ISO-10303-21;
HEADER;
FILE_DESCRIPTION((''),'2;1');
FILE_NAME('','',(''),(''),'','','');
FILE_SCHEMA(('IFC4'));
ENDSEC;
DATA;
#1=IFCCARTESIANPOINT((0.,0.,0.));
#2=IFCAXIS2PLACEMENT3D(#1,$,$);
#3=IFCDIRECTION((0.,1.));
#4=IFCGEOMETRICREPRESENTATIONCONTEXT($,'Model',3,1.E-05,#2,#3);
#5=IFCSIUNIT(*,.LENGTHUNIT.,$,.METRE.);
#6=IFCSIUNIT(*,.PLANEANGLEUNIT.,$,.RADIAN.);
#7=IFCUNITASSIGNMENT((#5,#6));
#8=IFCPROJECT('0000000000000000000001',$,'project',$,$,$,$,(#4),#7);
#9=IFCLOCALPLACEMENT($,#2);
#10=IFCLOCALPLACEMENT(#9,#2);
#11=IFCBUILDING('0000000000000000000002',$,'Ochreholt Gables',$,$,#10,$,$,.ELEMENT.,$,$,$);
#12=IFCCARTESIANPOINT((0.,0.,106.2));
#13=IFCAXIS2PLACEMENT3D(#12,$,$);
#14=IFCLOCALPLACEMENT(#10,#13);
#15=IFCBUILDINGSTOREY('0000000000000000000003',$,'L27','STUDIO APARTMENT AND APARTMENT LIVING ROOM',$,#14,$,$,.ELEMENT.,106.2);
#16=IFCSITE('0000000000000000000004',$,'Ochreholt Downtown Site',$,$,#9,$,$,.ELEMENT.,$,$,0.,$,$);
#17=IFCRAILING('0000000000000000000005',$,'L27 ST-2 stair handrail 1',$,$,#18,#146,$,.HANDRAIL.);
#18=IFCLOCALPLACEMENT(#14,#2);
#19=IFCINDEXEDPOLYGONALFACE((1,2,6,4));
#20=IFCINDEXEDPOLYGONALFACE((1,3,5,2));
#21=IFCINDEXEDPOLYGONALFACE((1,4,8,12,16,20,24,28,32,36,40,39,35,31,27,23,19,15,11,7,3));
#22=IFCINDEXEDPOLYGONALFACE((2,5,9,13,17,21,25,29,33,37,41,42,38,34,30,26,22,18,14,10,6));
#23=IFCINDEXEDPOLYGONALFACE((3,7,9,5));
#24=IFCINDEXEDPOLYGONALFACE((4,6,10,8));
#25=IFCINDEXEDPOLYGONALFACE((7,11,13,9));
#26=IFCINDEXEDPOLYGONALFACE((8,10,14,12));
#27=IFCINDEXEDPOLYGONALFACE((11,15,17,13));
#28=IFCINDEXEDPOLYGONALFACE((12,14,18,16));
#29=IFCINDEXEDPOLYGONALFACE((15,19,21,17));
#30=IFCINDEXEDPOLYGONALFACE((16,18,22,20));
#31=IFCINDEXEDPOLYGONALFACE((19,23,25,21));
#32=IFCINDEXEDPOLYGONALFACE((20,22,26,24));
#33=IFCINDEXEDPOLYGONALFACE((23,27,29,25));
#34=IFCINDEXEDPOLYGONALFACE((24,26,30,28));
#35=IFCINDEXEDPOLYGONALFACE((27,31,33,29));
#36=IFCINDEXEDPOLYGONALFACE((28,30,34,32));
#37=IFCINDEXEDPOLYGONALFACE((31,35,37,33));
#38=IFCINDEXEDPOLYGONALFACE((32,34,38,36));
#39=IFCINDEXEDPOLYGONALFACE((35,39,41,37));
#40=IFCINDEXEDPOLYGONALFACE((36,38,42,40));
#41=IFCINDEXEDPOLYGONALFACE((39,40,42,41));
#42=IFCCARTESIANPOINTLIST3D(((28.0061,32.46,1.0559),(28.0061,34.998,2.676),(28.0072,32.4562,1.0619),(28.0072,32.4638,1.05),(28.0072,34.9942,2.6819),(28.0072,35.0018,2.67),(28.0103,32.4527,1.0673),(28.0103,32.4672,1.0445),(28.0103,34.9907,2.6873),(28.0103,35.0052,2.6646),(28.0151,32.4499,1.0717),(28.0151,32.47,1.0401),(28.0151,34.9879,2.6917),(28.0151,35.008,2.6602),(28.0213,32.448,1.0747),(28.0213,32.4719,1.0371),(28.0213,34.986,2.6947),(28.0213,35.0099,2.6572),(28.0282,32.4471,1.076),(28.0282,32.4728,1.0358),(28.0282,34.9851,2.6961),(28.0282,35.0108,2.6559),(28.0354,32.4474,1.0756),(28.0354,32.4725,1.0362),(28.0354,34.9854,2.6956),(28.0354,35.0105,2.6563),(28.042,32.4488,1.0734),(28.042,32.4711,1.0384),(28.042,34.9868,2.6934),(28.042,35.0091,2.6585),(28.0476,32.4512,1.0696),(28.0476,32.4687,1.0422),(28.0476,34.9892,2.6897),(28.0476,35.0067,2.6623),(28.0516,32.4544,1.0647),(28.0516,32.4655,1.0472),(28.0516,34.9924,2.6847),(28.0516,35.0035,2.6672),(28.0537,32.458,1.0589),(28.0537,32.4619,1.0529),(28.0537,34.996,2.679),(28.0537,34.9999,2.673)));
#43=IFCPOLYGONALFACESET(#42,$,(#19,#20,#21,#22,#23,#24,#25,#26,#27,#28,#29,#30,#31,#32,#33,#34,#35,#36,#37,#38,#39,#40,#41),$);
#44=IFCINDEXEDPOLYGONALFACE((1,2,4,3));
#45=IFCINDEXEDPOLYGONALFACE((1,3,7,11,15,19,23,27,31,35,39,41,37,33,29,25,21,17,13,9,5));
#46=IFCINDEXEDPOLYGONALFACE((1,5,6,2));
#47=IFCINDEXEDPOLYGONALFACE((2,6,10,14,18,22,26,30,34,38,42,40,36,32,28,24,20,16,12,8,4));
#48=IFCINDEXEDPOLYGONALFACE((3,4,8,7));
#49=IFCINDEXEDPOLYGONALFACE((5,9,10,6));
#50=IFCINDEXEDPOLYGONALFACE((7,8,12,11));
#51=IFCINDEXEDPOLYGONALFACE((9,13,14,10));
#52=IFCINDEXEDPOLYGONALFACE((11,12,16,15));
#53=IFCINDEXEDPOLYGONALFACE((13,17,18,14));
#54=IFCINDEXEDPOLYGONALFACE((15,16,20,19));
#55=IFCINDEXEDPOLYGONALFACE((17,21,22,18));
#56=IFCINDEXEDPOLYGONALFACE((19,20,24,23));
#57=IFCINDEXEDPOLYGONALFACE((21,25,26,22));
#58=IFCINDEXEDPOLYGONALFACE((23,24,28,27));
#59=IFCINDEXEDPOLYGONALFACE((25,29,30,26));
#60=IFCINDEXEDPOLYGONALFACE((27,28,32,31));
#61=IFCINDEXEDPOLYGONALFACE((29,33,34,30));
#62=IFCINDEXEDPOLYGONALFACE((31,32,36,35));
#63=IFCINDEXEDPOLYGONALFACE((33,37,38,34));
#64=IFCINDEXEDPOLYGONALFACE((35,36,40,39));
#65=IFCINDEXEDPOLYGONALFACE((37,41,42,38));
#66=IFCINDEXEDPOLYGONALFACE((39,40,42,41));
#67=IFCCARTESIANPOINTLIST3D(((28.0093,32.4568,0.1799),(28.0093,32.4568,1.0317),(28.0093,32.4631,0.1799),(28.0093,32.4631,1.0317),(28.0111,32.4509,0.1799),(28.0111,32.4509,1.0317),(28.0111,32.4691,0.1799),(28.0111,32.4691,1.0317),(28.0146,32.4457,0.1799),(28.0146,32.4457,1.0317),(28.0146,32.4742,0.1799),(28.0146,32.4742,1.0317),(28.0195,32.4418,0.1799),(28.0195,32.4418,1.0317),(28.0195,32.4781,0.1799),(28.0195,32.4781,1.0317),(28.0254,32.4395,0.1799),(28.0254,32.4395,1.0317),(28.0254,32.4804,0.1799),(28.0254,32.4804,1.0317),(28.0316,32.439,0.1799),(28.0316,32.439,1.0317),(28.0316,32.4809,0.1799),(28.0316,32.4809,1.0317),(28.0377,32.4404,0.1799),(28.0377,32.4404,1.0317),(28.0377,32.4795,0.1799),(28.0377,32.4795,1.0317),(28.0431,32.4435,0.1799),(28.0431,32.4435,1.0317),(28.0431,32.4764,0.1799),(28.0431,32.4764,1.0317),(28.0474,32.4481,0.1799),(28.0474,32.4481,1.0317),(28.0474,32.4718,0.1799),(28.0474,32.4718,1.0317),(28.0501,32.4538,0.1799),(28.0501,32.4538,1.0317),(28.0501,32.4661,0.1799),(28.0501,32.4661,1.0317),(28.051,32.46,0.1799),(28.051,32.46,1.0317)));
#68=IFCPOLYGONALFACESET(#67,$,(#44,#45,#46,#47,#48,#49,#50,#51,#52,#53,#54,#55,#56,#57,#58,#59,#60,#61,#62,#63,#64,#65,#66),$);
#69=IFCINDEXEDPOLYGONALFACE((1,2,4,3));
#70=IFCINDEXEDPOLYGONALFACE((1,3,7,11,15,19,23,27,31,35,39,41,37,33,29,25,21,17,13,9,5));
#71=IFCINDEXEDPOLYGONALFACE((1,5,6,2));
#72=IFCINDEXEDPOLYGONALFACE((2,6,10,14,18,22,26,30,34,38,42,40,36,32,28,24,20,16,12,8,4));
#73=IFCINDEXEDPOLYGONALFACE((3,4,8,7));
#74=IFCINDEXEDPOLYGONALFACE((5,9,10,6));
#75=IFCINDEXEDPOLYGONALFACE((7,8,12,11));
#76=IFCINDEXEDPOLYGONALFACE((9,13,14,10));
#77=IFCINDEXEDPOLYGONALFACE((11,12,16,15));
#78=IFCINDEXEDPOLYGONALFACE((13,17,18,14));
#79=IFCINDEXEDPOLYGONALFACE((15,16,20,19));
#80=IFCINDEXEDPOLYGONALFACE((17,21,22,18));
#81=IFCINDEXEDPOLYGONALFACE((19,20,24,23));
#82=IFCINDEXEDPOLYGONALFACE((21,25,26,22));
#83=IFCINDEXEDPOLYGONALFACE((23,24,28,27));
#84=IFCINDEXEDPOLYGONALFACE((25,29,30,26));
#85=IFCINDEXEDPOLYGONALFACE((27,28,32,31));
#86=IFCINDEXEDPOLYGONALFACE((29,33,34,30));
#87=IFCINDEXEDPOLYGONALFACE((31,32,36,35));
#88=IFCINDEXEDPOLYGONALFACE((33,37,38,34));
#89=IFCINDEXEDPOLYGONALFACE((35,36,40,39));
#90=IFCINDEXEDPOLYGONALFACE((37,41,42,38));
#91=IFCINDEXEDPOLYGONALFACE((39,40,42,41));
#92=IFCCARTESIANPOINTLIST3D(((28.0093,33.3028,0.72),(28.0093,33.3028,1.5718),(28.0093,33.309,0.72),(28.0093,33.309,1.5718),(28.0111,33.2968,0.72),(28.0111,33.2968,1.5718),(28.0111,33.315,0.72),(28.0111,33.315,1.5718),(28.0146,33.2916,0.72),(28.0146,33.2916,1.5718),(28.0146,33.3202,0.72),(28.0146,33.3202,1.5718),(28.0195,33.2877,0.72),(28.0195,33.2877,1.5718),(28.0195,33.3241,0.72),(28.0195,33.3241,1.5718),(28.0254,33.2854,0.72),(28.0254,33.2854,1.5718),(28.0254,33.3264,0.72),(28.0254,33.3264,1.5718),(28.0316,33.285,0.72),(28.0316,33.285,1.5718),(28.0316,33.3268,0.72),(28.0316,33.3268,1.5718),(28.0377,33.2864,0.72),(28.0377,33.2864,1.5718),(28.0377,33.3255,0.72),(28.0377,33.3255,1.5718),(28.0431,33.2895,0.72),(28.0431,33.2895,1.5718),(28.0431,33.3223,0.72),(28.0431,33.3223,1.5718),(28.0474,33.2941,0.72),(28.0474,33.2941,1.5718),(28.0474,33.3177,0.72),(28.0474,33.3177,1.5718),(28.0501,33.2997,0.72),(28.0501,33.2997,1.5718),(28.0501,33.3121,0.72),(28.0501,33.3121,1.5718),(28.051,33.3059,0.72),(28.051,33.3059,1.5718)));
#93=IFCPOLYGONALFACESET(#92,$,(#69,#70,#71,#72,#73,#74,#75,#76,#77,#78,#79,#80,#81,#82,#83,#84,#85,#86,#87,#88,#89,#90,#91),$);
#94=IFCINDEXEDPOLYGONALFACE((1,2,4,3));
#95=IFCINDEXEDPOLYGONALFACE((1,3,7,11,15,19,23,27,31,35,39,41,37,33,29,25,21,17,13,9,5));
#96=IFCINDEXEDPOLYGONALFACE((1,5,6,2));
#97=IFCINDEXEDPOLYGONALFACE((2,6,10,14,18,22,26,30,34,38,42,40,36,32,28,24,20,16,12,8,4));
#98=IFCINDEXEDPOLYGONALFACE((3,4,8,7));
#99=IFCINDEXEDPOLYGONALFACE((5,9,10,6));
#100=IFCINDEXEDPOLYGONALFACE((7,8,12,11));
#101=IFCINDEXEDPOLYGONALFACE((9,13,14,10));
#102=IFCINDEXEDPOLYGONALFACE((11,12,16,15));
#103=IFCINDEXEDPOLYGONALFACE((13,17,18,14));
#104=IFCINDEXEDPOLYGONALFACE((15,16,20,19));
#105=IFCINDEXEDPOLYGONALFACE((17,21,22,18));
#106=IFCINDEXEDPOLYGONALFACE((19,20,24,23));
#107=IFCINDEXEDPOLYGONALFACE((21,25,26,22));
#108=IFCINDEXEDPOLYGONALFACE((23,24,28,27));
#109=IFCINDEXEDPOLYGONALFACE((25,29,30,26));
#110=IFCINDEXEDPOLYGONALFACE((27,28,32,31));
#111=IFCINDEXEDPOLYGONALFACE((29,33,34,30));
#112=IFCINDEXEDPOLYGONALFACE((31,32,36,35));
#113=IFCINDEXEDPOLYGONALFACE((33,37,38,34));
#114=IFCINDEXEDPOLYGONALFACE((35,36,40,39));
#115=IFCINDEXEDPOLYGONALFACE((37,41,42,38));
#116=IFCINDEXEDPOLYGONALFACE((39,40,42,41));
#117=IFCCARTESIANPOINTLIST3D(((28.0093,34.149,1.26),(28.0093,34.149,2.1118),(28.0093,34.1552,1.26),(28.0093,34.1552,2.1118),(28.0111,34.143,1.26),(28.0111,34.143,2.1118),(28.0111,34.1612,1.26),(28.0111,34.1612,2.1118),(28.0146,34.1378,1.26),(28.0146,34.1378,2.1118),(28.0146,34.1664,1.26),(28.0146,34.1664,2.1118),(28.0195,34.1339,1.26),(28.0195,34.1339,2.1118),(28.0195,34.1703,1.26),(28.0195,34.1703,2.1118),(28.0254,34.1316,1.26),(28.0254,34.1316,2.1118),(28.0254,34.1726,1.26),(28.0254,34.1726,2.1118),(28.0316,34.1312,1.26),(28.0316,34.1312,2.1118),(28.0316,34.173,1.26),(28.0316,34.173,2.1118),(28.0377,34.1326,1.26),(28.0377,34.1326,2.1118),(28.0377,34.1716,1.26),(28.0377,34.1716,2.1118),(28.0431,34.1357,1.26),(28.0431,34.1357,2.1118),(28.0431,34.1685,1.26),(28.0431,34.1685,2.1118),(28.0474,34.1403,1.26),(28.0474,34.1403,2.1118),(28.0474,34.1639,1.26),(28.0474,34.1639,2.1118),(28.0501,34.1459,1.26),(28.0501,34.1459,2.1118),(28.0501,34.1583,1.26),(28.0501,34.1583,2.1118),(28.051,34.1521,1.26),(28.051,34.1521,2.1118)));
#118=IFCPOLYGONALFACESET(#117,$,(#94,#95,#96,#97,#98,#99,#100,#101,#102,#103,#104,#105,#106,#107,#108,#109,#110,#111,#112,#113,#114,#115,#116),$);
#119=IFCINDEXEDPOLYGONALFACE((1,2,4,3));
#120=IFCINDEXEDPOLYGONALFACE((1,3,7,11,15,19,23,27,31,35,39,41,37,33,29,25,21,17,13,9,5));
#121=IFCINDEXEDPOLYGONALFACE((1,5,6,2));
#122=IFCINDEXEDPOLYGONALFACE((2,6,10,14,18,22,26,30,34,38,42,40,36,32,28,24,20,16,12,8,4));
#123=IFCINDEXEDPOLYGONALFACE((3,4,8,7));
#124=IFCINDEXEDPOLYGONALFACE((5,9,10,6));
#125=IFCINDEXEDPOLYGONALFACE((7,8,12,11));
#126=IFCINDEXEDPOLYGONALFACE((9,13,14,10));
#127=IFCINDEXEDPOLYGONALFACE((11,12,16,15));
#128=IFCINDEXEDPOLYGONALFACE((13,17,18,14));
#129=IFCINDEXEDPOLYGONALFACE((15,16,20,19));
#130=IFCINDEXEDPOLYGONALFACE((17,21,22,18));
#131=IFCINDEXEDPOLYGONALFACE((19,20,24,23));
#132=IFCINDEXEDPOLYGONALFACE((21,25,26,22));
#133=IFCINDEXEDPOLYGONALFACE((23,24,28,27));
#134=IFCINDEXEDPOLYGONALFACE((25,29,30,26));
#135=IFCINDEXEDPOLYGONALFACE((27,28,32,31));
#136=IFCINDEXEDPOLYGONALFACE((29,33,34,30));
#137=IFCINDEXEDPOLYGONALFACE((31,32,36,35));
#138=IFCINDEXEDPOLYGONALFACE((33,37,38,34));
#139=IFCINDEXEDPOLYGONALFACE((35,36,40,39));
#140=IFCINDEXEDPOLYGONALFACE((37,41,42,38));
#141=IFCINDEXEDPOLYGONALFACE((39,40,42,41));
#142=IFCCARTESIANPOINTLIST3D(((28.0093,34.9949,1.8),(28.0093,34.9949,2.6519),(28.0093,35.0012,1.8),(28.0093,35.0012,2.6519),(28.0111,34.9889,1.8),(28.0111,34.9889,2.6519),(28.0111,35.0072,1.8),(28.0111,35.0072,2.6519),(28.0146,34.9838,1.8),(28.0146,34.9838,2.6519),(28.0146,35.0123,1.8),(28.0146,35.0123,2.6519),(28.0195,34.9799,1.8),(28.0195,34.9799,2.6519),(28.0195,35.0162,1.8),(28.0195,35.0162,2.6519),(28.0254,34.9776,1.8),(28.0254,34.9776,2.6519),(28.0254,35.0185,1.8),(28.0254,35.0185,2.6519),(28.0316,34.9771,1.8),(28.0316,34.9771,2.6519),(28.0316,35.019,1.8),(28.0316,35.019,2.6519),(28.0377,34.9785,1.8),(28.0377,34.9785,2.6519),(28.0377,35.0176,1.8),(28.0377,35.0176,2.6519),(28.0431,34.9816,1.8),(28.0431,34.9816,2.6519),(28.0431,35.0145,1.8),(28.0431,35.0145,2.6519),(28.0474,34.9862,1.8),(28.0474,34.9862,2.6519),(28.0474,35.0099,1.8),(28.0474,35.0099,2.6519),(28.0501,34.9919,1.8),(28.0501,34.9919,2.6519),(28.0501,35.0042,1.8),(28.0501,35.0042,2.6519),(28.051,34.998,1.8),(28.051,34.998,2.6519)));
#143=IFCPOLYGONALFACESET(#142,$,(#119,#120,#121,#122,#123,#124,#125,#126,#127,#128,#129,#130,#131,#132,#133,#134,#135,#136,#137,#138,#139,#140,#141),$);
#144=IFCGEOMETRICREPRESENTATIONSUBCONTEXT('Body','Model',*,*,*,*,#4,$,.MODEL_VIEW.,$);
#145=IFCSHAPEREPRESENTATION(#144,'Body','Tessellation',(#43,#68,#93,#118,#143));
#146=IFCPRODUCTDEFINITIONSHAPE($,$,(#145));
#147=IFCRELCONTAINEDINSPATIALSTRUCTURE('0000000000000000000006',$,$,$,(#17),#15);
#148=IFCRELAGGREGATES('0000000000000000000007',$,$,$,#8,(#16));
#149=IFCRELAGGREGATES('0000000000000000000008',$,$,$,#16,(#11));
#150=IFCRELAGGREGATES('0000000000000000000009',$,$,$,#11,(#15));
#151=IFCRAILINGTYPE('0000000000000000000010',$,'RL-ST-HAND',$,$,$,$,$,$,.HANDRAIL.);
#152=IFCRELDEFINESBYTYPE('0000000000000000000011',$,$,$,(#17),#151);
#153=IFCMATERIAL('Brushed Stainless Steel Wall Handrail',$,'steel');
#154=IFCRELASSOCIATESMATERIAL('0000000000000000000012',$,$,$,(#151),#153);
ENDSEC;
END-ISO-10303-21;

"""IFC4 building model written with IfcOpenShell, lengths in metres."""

from ifc_helpers import new_model, si_unit, direction, frame, origin, origin_2d, place, context, subcontext, project, spatial, circle, extrude, material, type_object, element, save


model = new_model("IFC4")

# Units and contexts
model_context = context("Model", 3, precision=1e-05, world=origin(), true_north=direction((0.0, 1.0)))
body_context = subcontext(model_context, "Body", "Model", "MODEL_VIEW")
ifc_project = project(units=[si_unit("LENGTHUNIT", "METRE"), si_unit("PLANEANGLEUNIT", "RADIAN")], contexts=[model_context])

# Site, building, storey
site_placement = place(None, origin())
site = spatial("IfcSite", under=ifc_project, at=site_placement, Name="Ochreholt Downtown Site", CompositionType="ELEMENT", RefElevation=0.0)
building_placement = place(site_placement, origin())
building = spatial("IfcBuilding", under=site, at=building_placement, Name="Ochreholt Gables", CompositionType="ELEMENT")
storey_placement = place(building_placement, frame((0.0, 0.0, 106.2)))
storey = spatial("IfcBuildingStorey", under=building, at=storey_placement, Name="L27", Description="STUDIO APARTMENT AND APARTMENT LIVING ROOM", CompositionType="ELEMENT", Elevation=106.2)

# Railing
ifc_material_1 = material(Name="Brushed Stainless Steel Wall Handrail", Category="steel")
railing_type_1 = type_object("IfcRailingType", Name="RL-ST-HAND", PredefinedType="HANDRAIL", material=ifc_material_1)
railing_1_placement = place(storey_placement, frame((28.03, 32.46, 0.1799)))
element("IfcRailing", 1, at=railing_1_placement, inside=storey, type_object=railing_type_1, Name="L27 ST-2 stair handrail 1", PredefinedType="HANDRAIL", context=body_context, shape_type="SweptSolid", body=[
    extrude(circle(Radius=0.0239, at=origin_2d()), frame((0.0, 0.0, 0.876), z_axis=(0.0, 0.842913, 0.53805), x_axis=(-1.0, 0.0, 0.0)), (0.0, 0.0, 1.0), 3.011),
    extrude(circle(Radius=0.021, at=origin_2d()), origin(), (0.0, 0.0, 1.0), 0.8518),
    extrude(circle(Radius=0.021, at=origin_2d()), frame((0.0, 0.8459, 0.54)), (0.0, 0.0, 1.0), 0.8518),
    extrude(circle(Radius=0.021, at=origin_2d()), frame((0.0, 1.6921, 1.0801)), (0.0, 0.0, 1.0), 0.8518),
    extrude(circle(Radius=0.021, at=origin_2d()), frame((0.0, 2.5381, 1.6201)), (0.0, 0.0, 1.0), 0.8518),
])

save(model, "model.ifc")
